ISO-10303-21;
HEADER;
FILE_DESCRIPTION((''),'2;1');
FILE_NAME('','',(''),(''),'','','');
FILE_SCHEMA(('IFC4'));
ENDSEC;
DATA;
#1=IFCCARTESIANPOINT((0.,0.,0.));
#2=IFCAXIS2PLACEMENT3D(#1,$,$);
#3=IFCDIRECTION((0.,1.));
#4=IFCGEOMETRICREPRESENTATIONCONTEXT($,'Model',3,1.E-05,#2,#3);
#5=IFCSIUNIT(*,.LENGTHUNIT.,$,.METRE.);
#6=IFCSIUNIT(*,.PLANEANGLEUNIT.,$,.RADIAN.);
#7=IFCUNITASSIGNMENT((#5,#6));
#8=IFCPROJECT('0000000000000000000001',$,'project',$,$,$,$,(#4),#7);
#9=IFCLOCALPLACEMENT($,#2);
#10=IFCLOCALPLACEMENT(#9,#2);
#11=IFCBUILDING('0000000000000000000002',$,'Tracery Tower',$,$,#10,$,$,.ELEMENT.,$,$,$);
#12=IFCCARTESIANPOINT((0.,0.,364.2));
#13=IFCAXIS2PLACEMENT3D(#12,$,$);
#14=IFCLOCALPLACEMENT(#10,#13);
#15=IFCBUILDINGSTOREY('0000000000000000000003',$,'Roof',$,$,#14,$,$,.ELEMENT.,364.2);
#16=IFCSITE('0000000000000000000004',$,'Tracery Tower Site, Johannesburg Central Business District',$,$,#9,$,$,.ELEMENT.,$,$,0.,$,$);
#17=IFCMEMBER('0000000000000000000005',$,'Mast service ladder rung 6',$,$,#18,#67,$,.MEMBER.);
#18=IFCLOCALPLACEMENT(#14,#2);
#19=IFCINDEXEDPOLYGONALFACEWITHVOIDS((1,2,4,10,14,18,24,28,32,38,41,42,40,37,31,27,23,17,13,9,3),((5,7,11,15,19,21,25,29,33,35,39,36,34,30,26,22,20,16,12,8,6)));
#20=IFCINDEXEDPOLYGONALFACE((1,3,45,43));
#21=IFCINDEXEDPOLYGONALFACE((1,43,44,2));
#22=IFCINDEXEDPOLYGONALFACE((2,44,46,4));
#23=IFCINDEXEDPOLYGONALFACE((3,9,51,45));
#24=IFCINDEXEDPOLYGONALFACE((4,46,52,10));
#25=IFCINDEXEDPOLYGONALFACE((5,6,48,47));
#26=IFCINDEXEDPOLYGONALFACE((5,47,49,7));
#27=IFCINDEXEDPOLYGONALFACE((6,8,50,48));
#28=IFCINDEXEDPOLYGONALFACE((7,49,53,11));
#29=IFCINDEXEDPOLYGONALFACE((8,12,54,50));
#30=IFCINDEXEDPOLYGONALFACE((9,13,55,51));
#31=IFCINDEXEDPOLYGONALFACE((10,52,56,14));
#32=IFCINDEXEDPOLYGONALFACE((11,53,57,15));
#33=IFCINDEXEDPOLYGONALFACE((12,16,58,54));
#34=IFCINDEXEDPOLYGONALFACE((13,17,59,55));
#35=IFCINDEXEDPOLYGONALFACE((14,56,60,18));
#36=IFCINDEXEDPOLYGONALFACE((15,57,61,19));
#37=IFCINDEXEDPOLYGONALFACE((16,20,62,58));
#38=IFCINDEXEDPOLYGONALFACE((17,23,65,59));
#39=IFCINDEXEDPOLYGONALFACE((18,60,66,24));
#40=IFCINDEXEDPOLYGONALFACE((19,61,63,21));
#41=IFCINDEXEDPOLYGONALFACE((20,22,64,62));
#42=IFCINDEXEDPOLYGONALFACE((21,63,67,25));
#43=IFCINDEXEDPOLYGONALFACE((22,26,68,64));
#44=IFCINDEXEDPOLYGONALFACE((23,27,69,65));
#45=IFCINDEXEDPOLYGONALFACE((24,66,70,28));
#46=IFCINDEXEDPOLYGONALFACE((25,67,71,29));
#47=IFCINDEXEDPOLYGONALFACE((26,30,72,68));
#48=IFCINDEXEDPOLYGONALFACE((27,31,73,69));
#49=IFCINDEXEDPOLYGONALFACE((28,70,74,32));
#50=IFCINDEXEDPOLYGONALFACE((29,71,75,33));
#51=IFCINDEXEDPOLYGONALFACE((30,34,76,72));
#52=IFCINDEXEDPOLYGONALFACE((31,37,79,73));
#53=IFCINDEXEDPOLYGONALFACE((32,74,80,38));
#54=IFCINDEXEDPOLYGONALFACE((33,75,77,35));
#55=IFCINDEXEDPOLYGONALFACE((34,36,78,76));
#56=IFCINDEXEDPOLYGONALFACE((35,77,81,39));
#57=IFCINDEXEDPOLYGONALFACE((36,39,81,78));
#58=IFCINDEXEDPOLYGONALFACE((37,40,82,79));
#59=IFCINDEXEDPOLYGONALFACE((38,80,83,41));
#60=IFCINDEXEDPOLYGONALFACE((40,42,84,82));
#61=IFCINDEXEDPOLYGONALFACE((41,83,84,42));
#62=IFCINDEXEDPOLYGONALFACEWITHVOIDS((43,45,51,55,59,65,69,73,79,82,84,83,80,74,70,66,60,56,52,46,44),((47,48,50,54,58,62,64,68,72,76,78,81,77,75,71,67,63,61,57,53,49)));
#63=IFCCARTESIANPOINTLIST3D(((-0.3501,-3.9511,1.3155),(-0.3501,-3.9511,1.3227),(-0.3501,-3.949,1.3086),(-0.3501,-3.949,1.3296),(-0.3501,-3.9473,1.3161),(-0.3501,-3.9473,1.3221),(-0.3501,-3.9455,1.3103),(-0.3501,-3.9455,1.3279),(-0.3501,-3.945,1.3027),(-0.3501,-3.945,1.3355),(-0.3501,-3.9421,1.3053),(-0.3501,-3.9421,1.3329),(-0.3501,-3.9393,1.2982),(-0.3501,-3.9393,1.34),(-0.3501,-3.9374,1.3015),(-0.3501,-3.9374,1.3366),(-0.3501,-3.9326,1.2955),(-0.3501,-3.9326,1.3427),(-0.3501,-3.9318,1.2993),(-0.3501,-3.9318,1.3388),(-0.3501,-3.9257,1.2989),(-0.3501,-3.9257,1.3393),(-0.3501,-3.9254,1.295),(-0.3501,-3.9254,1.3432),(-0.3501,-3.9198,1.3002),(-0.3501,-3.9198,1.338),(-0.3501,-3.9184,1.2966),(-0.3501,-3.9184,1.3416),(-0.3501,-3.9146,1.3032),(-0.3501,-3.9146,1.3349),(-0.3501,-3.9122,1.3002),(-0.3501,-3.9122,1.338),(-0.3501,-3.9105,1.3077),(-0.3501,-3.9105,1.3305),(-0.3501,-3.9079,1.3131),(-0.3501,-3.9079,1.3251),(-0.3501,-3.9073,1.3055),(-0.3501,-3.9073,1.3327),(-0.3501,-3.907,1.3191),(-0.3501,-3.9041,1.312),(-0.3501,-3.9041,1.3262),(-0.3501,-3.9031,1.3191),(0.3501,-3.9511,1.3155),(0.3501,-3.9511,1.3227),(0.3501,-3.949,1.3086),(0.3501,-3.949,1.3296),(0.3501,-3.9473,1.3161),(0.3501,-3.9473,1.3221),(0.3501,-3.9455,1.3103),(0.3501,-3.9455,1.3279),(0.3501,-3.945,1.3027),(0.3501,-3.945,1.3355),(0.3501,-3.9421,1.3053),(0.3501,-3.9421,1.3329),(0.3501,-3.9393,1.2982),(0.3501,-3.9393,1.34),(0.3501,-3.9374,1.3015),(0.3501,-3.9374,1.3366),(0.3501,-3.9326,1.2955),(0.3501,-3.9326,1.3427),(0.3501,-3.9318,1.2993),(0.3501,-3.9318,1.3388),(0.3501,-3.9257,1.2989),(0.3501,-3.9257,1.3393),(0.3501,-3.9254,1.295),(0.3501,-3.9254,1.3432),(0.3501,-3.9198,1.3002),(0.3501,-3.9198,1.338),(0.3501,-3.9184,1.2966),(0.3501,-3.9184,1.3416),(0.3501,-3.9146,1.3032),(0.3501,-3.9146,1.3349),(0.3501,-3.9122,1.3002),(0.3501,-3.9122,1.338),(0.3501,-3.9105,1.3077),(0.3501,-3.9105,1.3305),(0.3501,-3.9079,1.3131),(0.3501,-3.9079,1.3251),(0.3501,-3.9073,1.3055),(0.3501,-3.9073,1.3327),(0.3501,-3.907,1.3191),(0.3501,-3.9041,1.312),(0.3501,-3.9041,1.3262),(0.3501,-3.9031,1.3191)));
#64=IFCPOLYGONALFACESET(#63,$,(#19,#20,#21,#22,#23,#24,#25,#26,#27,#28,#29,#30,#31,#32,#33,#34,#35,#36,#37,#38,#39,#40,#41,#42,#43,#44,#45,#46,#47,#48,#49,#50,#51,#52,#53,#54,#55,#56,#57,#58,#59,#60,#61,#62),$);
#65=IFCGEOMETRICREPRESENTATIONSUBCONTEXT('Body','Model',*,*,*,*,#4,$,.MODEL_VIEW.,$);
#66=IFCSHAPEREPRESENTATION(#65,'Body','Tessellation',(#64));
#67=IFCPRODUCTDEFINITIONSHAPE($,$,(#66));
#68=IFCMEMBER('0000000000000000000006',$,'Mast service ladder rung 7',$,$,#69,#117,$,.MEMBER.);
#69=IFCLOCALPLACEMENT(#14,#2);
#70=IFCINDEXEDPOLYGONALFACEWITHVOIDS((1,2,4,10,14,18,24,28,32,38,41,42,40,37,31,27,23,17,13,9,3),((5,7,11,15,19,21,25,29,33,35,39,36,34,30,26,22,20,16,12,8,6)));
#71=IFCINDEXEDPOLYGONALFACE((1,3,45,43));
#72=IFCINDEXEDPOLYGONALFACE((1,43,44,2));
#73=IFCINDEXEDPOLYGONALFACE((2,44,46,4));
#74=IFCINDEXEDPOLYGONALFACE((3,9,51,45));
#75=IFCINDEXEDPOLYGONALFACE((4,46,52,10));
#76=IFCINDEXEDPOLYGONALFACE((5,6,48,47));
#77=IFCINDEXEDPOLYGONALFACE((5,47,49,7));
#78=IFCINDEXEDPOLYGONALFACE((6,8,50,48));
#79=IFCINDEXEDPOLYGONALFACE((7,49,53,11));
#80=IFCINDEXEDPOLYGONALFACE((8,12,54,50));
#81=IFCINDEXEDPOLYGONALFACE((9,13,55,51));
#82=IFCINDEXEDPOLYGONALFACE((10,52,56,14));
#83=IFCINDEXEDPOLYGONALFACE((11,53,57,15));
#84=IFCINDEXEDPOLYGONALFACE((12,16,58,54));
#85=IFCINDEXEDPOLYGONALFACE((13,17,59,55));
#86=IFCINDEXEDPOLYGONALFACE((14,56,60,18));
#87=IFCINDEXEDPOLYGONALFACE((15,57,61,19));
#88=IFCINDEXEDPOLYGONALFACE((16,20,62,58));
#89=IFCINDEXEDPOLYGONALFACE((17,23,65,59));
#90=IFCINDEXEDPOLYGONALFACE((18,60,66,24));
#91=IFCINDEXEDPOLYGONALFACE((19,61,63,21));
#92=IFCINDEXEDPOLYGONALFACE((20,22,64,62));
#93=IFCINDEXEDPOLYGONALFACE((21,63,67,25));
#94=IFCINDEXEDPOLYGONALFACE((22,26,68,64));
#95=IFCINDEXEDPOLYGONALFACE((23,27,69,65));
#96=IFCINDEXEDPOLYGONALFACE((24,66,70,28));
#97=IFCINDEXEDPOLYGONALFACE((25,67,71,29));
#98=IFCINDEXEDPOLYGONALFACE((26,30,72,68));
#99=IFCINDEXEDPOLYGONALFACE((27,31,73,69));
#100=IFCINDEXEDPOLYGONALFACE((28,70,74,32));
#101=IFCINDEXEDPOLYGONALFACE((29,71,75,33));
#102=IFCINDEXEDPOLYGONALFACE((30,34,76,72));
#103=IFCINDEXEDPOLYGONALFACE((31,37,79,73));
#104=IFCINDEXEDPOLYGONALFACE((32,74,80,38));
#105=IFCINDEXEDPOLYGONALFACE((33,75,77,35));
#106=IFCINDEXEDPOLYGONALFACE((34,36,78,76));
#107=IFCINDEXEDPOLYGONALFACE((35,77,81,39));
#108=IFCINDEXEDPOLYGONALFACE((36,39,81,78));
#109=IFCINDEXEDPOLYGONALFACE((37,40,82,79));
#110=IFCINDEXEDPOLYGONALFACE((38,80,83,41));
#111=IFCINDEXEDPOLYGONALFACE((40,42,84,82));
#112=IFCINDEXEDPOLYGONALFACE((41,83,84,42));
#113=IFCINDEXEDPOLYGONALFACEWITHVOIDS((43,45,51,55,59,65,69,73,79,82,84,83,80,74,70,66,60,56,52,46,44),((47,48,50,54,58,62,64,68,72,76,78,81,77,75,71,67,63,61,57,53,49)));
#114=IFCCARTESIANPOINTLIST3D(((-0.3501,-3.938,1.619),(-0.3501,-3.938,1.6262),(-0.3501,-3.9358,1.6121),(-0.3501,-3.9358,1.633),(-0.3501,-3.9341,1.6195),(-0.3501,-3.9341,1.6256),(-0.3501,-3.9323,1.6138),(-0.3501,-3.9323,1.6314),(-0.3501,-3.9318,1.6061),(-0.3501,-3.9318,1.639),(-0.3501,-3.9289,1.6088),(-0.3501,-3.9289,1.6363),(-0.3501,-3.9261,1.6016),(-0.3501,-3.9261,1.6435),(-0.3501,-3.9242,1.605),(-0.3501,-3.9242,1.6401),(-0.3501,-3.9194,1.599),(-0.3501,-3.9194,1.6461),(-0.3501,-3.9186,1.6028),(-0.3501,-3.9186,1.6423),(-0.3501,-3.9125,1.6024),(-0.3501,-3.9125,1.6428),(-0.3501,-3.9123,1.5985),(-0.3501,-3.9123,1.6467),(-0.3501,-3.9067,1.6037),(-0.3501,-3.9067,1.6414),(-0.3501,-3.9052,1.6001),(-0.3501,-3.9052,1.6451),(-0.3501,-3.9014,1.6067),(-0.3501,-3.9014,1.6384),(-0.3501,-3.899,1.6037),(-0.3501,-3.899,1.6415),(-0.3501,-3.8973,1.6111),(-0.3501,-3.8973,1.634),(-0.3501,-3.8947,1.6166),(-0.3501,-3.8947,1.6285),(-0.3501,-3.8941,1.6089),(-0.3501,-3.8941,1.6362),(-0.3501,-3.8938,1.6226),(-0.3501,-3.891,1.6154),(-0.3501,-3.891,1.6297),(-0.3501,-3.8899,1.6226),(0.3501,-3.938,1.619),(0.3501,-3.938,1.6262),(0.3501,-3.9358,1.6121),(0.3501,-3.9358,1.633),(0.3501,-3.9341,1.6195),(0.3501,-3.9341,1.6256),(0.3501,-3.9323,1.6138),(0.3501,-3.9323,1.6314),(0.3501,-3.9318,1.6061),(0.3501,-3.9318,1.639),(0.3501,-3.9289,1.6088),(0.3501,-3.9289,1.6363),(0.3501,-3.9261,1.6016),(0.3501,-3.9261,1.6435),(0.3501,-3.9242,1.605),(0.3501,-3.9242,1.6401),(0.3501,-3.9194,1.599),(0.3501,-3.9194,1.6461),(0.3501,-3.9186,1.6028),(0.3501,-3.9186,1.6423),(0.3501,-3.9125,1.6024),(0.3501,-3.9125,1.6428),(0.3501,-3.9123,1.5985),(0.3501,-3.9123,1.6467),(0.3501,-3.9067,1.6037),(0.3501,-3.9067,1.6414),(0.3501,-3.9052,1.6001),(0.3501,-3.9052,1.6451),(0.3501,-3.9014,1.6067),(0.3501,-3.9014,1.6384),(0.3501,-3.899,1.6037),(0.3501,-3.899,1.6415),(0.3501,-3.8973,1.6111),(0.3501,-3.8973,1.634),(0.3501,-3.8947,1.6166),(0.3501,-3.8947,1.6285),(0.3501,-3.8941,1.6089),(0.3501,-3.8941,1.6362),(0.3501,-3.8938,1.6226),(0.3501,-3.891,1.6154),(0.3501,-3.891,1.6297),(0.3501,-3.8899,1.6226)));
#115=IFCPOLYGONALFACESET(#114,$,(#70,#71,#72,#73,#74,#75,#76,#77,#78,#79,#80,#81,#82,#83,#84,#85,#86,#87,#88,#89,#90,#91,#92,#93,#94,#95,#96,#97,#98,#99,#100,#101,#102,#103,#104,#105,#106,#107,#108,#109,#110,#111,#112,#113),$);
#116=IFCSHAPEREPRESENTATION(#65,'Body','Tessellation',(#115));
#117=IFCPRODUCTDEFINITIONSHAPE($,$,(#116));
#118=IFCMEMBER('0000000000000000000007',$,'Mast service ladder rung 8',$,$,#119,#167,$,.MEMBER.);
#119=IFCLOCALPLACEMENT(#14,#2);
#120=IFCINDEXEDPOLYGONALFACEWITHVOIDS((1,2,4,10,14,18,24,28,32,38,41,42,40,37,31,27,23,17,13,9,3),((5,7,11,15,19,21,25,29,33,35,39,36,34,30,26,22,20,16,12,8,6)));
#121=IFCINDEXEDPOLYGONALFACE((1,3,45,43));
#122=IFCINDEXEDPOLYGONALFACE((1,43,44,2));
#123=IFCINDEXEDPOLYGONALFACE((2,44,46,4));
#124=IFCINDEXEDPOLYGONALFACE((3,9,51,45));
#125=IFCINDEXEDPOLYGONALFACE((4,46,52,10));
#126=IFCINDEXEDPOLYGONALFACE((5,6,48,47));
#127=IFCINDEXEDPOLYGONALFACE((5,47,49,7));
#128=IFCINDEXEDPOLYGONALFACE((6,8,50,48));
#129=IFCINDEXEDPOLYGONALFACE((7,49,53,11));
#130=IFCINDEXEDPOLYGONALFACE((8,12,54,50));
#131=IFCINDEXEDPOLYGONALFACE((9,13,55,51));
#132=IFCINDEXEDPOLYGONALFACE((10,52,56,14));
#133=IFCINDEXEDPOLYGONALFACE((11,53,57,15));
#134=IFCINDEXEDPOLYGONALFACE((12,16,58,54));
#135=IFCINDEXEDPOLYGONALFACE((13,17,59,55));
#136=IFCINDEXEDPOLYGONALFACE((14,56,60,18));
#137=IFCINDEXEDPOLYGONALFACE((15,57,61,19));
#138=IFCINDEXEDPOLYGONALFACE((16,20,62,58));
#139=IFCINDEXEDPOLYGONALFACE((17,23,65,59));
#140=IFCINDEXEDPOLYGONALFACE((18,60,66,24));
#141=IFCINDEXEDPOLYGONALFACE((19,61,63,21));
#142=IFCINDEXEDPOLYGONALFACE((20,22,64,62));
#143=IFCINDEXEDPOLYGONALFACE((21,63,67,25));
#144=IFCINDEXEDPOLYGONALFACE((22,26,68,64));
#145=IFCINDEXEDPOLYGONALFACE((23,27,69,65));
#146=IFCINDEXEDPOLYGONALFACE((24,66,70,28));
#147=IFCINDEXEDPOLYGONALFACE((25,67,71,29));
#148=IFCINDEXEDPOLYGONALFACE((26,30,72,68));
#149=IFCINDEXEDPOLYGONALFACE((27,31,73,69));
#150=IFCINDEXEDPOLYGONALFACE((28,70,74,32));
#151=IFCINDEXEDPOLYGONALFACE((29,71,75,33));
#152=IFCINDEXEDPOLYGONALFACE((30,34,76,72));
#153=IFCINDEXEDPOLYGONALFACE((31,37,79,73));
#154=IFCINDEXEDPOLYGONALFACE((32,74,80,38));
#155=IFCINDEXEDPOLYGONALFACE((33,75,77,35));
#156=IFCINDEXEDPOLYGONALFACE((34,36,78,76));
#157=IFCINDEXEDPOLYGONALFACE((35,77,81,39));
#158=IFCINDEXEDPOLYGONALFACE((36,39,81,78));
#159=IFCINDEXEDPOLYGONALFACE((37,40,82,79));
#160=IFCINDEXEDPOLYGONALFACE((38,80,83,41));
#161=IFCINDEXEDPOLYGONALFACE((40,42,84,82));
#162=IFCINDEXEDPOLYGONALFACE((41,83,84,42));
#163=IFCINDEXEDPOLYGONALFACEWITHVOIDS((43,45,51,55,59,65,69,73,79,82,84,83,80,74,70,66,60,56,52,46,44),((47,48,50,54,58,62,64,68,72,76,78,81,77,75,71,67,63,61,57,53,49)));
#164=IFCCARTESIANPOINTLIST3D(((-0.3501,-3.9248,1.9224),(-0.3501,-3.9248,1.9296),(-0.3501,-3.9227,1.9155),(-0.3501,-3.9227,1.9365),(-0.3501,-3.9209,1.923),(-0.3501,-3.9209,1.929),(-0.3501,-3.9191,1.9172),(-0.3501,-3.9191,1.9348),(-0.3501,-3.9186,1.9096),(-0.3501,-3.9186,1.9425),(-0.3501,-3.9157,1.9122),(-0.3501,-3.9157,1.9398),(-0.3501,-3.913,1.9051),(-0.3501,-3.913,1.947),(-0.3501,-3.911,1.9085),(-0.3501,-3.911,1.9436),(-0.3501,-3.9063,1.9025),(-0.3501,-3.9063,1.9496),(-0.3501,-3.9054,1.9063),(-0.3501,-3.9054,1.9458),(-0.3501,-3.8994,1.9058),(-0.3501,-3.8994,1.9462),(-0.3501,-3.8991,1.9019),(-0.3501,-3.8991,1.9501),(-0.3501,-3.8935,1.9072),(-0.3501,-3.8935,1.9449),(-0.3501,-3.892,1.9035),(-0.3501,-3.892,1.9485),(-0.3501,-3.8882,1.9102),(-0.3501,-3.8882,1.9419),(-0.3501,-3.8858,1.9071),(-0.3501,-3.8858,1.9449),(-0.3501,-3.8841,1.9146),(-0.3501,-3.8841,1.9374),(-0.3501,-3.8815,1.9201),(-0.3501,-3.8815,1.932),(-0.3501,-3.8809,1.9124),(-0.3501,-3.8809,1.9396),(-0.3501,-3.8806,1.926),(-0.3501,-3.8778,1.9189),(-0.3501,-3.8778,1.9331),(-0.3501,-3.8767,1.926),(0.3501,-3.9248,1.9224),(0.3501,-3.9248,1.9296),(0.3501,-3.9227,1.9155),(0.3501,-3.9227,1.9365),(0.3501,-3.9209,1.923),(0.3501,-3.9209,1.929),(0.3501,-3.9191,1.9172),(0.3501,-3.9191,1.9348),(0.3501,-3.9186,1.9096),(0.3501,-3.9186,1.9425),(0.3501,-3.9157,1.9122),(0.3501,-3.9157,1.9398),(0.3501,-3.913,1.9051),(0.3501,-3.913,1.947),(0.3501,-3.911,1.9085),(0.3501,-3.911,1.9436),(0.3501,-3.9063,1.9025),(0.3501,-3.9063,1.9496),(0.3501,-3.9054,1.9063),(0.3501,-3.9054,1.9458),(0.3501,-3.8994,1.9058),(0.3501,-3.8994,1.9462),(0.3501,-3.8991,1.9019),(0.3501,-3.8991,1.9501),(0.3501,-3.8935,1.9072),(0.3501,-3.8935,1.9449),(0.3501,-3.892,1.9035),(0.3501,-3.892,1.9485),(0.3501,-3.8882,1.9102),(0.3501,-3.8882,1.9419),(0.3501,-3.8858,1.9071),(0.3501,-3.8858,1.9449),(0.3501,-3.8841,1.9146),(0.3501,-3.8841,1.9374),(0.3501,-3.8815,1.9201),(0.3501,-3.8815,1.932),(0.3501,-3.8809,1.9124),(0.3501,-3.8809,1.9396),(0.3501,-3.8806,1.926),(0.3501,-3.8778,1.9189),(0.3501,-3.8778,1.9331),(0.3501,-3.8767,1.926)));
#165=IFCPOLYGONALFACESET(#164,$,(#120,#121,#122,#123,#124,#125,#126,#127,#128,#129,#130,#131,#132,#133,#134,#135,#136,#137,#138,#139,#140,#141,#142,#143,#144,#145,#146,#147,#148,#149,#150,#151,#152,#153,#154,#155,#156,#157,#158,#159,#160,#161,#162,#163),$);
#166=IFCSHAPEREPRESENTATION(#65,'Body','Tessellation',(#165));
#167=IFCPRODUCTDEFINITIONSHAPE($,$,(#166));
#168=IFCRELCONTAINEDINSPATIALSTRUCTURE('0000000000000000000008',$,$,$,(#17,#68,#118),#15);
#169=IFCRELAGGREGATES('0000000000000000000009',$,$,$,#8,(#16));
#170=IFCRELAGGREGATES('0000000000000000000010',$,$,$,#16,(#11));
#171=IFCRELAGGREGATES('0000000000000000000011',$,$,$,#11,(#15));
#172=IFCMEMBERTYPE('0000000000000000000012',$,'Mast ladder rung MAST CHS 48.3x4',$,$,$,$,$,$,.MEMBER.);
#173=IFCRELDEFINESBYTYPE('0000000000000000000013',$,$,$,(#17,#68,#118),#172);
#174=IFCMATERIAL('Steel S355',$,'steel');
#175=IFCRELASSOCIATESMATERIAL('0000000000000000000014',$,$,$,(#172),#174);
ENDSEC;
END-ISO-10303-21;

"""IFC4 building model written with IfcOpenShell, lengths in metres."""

from ifc_helpers import new_model, si_unit, direction, frame, origin, origin_2d, place, context, subcontext, project, spatial, hollow_circle, extrude, material, material_profile, profile_set, type_object, element, save


model = new_model("IFC4")

# Units and contexts
model_context = context("Model", 3, precision=1e-05, world=origin(), true_north=direction((0.0, 1.0)))
body_context = subcontext(model_context, "Body", "Model", "MODEL_VIEW")
ifc_project = project(units=[si_unit("LENGTHUNIT", "METRE"), si_unit("PLANEANGLEUNIT", "RADIAN")], contexts=[model_context])

# Site, building, storey
site_placement = place(None, origin())
site = spatial("IfcSite", under=ifc_project, at=site_placement, Name="Tracery Tower Site, Johannesburg Central Business District", CompositionType="ELEMENT", RefElevation=0.0)
building_placement = place(site_placement, origin())
building = spatial("IfcBuilding", under=site, at=building_placement, Name="Tracery Tower", CompositionType="ELEMENT")
storey_placement = place(building_placement, frame((0.0, 0.0, 364.2)))
storey = spatial("IfcBuildingStorey", under=building, at=storey_placement, Name="Roof", CompositionType="ELEMENT", Elevation=364.2)

# Members
ifc_material_1 = material(Name="Steel S355", Category="steel")
ifc_material_profile_1 = material_profile(ifc_material_1, hollow_circle(Radius=0.0242, WallThickness=0.0039, at=origin_2d()), Name="CHS 48.3x4")
ifc_profile_set_1 = profile_set([ifc_material_profile_1], Name="Steel S355")
member_type_1 = type_object("IfcMemberType", Name="Mast ladder rung MAST CHS 48.3x4", PredefinedType="MEMBER", material=ifc_profile_set_1)
for number, where, z_axis, x_axis, name in (
    (1, (-0.3501, -3.9272, 1.3191), (1.0, 0.0, 0.0), (0.0, 1.0, 0.0), "Mast service ladder rung 6"),
    (2, (-0.3501, -3.9141, 1.6226), (1.0, 0.0, 0.0), (0.0, 1.0, 0.0), "Mast service ladder rung 7"),
    (3, (-0.3501, -3.9009, 1.926), (1.0, 0.0, 0.0), (0.0, 1.0, 0.0), "Mast service ladder rung 8"),
):
    element("IfcMember", number, at=place(storey_placement, frame(where, z_axis=z_axis, x_axis=x_axis)), inside=storey, type_object=member_type_1, Name=name, PredefinedType="MEMBER", context=body_context, shape_type="SweptSolid", body=[
        extrude(hollow_circle(Radius=0.0242, WallThickness=0.0039, at=origin_2d()), origin(), (0.0, 0.0, 1.0), 0.7002),
    ])

save(model, "model.ifc")
